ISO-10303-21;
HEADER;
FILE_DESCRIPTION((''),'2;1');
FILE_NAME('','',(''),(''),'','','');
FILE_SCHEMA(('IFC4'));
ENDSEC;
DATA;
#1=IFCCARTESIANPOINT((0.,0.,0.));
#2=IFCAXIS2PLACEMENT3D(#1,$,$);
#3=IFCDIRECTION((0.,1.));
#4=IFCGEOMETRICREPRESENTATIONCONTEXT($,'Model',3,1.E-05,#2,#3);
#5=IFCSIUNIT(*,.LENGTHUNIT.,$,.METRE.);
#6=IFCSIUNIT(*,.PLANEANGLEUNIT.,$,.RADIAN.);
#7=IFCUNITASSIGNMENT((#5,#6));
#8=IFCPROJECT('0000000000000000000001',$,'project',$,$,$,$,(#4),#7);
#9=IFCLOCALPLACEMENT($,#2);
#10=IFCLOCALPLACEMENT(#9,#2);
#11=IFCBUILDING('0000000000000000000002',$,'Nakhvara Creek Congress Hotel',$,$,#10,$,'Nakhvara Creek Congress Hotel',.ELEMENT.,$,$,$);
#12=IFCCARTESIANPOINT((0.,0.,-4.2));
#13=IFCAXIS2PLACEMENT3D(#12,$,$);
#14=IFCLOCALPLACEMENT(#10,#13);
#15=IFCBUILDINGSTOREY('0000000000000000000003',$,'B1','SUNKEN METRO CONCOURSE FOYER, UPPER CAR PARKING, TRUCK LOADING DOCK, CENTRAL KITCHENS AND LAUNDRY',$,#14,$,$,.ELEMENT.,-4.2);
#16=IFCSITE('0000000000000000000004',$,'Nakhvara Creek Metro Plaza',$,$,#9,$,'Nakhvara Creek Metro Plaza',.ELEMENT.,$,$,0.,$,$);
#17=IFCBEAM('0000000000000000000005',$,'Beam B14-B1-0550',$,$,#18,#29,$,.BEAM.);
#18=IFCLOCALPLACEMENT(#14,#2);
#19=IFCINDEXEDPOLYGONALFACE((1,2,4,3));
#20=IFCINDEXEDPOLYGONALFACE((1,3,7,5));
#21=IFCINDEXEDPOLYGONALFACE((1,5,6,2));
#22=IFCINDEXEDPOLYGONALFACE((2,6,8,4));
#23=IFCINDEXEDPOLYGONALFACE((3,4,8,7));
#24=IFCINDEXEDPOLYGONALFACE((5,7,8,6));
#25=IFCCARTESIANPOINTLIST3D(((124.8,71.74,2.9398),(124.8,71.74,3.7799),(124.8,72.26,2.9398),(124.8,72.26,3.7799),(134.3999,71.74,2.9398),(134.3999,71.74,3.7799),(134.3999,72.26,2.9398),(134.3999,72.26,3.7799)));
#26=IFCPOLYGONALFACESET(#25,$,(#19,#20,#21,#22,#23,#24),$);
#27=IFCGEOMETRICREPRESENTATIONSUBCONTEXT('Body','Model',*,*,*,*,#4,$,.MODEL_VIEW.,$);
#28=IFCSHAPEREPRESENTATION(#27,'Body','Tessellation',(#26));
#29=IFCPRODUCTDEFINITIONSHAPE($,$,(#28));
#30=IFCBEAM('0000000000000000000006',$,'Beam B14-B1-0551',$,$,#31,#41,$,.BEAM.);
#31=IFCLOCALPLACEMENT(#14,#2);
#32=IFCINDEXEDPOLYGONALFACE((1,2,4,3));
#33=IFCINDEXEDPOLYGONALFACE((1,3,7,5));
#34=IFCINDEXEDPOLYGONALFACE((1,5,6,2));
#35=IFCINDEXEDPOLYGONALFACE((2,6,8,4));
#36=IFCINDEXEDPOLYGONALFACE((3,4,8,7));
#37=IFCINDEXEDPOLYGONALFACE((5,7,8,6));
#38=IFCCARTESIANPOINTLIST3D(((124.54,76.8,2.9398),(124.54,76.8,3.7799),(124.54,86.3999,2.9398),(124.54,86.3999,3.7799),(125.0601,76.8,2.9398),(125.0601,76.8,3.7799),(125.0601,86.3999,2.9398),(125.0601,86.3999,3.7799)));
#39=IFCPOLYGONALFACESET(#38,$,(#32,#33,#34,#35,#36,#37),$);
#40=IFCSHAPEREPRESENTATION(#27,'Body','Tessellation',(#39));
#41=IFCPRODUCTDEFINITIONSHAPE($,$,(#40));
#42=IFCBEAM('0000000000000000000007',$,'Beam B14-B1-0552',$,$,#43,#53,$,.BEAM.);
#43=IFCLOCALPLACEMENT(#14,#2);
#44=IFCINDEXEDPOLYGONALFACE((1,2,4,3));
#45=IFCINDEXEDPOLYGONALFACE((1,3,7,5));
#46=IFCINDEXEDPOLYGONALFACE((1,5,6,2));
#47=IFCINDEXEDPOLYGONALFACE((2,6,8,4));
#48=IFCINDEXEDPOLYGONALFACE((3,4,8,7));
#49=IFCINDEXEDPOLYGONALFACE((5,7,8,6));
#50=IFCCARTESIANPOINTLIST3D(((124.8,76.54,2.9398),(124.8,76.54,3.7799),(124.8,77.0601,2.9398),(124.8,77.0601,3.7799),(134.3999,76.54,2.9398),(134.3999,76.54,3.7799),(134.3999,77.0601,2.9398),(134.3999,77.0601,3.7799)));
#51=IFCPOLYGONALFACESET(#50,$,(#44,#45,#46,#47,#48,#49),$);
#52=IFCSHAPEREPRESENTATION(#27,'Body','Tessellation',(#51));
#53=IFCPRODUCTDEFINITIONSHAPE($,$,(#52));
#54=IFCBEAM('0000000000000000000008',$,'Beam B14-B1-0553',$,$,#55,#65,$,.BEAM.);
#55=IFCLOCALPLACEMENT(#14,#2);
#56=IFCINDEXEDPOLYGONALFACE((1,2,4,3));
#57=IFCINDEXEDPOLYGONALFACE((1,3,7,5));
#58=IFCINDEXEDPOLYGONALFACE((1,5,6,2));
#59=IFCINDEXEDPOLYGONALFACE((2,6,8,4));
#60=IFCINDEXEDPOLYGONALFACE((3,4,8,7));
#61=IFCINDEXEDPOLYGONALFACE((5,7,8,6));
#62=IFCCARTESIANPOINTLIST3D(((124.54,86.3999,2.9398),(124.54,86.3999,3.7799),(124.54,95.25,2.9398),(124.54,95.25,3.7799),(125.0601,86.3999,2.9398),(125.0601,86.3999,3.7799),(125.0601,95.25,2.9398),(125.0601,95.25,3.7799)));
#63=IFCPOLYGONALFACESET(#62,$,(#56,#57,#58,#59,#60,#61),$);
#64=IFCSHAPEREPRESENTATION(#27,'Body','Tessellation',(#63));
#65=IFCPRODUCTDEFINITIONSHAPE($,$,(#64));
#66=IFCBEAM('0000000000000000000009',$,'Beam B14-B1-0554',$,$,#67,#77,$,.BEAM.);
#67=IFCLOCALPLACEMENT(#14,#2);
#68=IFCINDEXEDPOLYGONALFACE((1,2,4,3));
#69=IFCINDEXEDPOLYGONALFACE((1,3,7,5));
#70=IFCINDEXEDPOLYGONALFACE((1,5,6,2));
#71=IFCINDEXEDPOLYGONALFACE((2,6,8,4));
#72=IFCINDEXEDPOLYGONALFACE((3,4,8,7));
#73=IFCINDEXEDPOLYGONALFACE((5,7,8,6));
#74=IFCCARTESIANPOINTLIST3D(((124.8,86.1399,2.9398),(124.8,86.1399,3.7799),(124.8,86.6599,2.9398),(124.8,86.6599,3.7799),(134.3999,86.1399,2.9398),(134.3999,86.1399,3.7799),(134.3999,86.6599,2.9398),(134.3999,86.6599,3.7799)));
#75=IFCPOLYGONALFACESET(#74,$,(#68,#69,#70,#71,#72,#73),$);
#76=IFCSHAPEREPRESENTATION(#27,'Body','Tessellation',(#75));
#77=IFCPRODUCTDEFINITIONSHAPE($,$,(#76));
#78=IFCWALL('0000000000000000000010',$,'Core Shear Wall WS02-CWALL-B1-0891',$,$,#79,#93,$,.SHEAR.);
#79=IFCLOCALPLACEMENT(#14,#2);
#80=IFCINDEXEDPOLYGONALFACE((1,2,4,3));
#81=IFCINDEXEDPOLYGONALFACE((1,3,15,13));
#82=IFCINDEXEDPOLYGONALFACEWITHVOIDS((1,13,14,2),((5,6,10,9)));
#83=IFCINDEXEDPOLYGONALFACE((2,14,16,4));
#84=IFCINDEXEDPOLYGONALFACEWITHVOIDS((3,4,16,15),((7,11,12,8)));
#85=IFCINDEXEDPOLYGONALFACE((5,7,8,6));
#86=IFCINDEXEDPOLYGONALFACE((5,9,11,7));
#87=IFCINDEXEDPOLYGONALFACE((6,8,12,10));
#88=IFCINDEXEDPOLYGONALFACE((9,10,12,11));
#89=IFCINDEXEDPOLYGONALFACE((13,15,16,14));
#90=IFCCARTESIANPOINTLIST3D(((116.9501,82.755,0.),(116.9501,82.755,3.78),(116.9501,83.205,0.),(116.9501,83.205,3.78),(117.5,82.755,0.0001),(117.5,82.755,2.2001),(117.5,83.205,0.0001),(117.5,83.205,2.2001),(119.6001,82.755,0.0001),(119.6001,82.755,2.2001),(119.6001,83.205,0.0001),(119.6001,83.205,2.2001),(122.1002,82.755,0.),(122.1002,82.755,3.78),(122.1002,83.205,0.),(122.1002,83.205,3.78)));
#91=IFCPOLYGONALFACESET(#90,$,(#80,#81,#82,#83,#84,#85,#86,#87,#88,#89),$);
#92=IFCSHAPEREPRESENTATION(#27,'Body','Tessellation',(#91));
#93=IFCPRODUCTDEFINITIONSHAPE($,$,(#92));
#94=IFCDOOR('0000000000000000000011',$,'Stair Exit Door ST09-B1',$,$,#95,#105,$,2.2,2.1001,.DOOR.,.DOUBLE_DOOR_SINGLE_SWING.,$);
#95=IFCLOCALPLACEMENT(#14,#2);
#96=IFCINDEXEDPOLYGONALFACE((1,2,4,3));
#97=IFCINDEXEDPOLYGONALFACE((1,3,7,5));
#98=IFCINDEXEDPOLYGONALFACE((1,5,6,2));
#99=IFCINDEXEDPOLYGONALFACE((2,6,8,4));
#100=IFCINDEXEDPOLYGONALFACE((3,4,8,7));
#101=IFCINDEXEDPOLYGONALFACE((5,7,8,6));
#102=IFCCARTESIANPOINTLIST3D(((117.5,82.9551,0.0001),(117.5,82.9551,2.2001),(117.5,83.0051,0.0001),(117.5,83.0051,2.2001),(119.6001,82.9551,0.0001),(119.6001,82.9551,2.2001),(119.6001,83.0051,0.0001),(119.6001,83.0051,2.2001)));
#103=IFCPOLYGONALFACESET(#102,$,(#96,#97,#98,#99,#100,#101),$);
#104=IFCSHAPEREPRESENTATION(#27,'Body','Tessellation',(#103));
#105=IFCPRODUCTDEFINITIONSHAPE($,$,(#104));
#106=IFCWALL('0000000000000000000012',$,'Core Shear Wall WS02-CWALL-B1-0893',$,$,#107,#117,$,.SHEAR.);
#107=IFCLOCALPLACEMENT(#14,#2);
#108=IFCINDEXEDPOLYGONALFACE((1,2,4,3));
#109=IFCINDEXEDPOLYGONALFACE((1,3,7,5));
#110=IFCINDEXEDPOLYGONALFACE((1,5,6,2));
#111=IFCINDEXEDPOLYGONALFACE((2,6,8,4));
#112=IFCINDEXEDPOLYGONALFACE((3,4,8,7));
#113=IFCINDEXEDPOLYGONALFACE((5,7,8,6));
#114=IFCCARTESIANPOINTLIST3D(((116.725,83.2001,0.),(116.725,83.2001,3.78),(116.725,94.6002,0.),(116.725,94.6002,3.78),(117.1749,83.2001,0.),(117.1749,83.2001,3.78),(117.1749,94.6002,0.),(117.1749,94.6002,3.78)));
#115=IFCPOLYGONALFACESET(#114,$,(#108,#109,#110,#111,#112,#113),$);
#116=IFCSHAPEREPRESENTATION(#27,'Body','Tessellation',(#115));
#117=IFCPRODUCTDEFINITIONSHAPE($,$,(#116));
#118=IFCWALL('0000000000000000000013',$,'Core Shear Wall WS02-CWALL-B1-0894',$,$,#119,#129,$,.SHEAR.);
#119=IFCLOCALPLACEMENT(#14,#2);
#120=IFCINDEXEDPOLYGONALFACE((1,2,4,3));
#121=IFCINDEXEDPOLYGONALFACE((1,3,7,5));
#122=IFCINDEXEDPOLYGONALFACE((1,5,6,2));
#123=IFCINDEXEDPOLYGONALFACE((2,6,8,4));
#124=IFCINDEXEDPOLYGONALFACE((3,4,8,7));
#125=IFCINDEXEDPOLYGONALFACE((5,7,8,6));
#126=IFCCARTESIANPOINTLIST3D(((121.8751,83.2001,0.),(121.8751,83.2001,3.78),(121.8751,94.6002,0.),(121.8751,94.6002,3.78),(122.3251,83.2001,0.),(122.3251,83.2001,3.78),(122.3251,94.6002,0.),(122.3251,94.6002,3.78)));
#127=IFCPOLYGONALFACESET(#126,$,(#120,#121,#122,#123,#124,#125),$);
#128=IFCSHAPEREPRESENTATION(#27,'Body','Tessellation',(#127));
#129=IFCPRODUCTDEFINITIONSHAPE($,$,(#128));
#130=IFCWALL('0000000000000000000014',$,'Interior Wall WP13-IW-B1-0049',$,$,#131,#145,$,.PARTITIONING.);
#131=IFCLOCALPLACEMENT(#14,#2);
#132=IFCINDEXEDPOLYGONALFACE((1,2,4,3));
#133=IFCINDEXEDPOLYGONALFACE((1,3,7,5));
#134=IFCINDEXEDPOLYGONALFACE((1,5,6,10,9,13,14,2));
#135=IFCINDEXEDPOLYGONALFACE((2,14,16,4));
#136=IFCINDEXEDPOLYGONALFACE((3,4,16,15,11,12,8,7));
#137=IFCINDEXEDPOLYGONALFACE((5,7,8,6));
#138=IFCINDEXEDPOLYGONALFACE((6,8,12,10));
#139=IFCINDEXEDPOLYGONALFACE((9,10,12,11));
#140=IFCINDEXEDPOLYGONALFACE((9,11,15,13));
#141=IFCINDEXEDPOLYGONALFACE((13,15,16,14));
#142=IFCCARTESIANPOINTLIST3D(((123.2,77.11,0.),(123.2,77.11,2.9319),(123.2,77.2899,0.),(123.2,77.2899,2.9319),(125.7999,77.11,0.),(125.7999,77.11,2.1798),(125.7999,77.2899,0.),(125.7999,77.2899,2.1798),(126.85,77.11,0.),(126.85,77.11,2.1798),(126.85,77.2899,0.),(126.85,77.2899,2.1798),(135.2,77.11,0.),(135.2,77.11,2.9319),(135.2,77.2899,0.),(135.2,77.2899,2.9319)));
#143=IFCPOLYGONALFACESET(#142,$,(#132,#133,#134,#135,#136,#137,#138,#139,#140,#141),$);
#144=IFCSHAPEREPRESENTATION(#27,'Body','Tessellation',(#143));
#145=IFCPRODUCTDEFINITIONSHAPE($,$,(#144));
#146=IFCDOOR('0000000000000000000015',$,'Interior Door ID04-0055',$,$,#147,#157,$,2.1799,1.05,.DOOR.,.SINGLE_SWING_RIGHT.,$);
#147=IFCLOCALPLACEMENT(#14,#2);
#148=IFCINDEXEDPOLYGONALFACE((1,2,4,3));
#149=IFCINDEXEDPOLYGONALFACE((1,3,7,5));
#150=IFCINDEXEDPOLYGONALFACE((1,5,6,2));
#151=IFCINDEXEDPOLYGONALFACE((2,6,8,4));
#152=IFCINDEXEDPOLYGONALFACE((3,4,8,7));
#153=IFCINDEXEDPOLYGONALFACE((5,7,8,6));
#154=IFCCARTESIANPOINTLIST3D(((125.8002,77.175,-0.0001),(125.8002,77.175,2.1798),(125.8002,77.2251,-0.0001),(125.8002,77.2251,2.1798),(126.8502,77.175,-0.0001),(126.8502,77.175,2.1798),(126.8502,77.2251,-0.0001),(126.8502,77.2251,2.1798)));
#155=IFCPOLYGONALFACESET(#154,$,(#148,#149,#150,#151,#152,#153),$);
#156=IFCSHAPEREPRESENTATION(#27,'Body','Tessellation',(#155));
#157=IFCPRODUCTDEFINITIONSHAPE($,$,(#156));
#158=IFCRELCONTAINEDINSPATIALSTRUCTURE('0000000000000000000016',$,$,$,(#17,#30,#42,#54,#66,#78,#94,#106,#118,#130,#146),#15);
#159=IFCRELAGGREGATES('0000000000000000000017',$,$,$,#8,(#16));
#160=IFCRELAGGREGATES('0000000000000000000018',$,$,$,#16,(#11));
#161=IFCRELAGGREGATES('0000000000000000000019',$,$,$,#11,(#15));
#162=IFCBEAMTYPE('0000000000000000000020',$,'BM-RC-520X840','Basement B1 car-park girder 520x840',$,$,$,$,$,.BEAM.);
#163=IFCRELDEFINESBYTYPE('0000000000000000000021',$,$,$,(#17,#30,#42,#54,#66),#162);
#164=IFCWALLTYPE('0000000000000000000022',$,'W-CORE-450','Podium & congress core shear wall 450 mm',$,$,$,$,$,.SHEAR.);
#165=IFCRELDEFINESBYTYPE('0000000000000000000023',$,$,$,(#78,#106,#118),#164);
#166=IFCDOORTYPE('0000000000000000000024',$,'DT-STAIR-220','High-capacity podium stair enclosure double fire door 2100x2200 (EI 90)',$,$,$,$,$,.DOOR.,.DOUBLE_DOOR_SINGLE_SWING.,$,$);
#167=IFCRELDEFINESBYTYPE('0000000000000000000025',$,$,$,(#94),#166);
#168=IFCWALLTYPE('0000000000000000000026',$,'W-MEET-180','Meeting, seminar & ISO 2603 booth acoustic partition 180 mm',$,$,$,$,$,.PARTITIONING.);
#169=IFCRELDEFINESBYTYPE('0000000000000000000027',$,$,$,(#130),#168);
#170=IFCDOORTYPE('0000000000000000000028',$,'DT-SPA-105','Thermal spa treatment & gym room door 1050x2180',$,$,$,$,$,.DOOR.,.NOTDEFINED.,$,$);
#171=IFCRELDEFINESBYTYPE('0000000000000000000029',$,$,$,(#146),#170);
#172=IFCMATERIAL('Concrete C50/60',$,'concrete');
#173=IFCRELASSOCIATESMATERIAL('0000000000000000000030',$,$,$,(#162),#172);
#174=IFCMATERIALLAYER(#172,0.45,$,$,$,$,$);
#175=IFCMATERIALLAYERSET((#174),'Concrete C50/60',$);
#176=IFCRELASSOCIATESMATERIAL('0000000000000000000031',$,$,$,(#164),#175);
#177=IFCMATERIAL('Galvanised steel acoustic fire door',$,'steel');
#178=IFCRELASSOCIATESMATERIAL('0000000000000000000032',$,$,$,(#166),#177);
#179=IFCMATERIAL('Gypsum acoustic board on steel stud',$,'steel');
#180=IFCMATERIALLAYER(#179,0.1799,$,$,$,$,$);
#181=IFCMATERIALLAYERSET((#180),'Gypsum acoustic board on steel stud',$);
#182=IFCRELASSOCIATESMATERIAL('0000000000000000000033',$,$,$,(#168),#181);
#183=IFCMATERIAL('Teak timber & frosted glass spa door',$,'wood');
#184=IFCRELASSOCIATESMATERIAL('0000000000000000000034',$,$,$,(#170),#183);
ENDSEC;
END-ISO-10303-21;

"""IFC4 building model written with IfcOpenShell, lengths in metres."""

from ifc_helpers import new_model, si_unit, direction, frame, frame_2d, origin, origin_2d, place, context, subcontext, project, spatial, rectangle, extrude, material, layer, layer_set, material_profile, profile_set, type_object, element, fill, save


model = new_model("IFC4")

# Units and contexts
model_context = context("Model", 3, precision=1e-05, world=origin(), true_north=direction((0.0, 1.0)))
body_context = subcontext(model_context, "Body", "Model", "MODEL_VIEW")
ifc_project = project(units=[si_unit("LENGTHUNIT", "METRE"), si_unit("PLANEANGLEUNIT", "RADIAN")], contexts=[model_context])

# Site, building, storey
site_placement = place(None, origin())
site = spatial("IfcSite", under=ifc_project, at=site_placement, Name="Nakhvara Creek Metro Plaza", LongName="Nakhvara Creek Metro Plaza", CompositionType="ELEMENT", RefElevation=0.0)
building_placement = place(site_placement, origin())
building = spatial("IfcBuilding", under=site, at=building_placement, Name="Nakhvara Creek Congress Hotel", LongName="Nakhvara Creek Congress Hotel", CompositionType="ELEMENT")
storey_placement = place(building_placement, frame((0.0, 0.0, -4.2)))
storey = spatial("IfcBuildingStorey", under=building, at=storey_placement, Name="B1", Description="SUNKEN METRO CONCOURSE FOYER, UPPER CAR PARKING, TRUCK LOADING DOCK, CENTRAL KITCHENS AND LAUNDRY", CompositionType="ELEMENT", Elevation=-4.2)

# Shared definitions
ifc_material_1 = material(Name="Concrete C50/60", Category="concrete")

# Beams
ifc_material_profile_1 = material_profile(ifc_material_1, rectangle(XDim=0.52, YDim=0.8401, at=origin_2d()), Name="RC-BM 520x840", Category="LoadBearing")
ifc_profile_set_1 = profile_set([ifc_material_profile_1], Name="Concrete C50/60")
beam_type_1 = type_object("IfcBeamType", Name="BM-RC-520X840", Description="Basement B1 car-park girder 520x840", PredefinedType="BEAM", material=ifc_profile_set_1)
for number, where, z_axis, x_axis, name in (
    (1, (124.8, 72.0, 3.3599), (1.0, 0.0, 0.0), (0.0, 1.0, 0.0), "Beam B14-B1-0550"),
    (2, (124.8, 76.8, 3.3599), (0.0, 1.0, 0.0), (-1.0, 0.0, 0.0), "Beam B14-B1-0551"),
    (3, (124.8, 76.8, 3.3599), (1.0, 0.0, 0.0), (0.0, 1.0, 0.0), "Beam B14-B1-0552"),
):
    element("IfcBeam", number, at=place(storey_placement, frame(where, z_axis=z_axis, x_axis=x_axis)), inside=storey, type_object=beam_type_1, Name=name, PredefinedType="BEAM", context=body_context, shape_type="SweptSolid", body=[
        extrude(rectangle(XDim=0.52, YDim=0.8401, at=origin_2d()), origin(), (0.0, 0.0, 1.0), 9.5999),
    ])
beam_1_placement = place(storey_placement, frame((124.8, 86.3999, 3.3599), z_axis=(0.0, 1.0, 0.0), x_axis=(-1.0, 0.0, 0.0)))
element("IfcBeam", 4, at=beam_1_placement, inside=storey, type_object=beam_type_1, Name="Beam B14-B1-0553", PredefinedType="BEAM", context=body_context, shape_type="SweptSolid", body=[
    extrude(rectangle(XDim=0.52, YDim=0.8401, at=origin_2d()), origin(), (0.0, 0.0, 1.0), 8.8501),
])
beam_2_placement = place(storey_placement, frame((124.8, 86.3999, 3.3599), z_axis=(1.0, 0.0, 0.0), x_axis=(0.0, 1.0, 0.0)))
element("IfcBeam", 5, at=beam_2_placement, inside=storey, type_object=beam_type_1, Name="Beam B14-B1-0554", PredefinedType="BEAM", context=body_context, shape_type="SweptSolid", body=[
    extrude(rectangle(XDim=0.52, YDim=0.8401, at=origin_2d()), origin(), (0.0, 0.0, 1.0), 9.5999),
])

# Wall, opening, door
ifc_layer_1 = layer(ifc_material_1, 0.45)
ifc_layer_set_1 = layer_set([ifc_layer_1], Name="Concrete C50/60")
wall_type_1 = type_object("IfcWallType", Name="W-CORE-450", Description="Podium & congress core shear wall 450 mm", PredefinedType="SHEAR", material=ifc_layer_set_1)
wall_1_placement = place(storey_placement, frame((116.95, 82.98, 0.0), z_axis=(0.0, 0.0, 1.0), x_axis=(1.0, 0.0, 0.0)))
wall_1 = element("IfcWall", 6, at=wall_1_placement, inside=storey, type_object=wall_type_1, Name="Core Shear Wall WS02-CWALL-B1-0891", PredefinedType="SHEAR", context=body_context, shape_type="SweptSolid", body=[
    extrude(rectangle(XDim=5.1501, YDim=0.45, at=frame_2d((2.5752, 0.0))), origin(), (0.0, 0.0, 1.0), 3.78),
])
opening_1_placement = place(wall_1_placement, frame((0.55, 0.0, 0.0)))
opening_1 = element("IfcOpeningElement", 7, at=opening_1_placement, cuts=wall_1, PredefinedType="OPENING", context=body_context, shape_type="SweptSolid", body=[
    extrude(rectangle(XDim=2.1001, YDim=2.2, at=frame_2d((1.05, 1.1001))), frame((0.0, 0.2368, 0.0), z_axis=(0.0, -1.0, 0.0), x_axis=(1.0, 0.0, 0.0)), (0.0, 0.0, 1.0), 0.4739),
])
ifc_material_2 = material(Name="Galvanised steel acoustic fire door", Category="steel")
door_type_1 = type_object("IfcDoorType", Name="DT-STAIR-220", Description="High-capacity podium stair enclosure double fire door 2100x2200 (EI 90)", OperationType="DOUBLE_DOOR_SINGLE_SWING", PredefinedType="DOOR", material=ifc_material_2)
door_1_placement = place(opening_1_placement, frame((2.1001, 0.0, 0.0), z_axis=(0.0, 0.0, 1.0), x_axis=(-1.0, 0.0, 0.0)))
door_1 = element("IfcDoor", 8, at=door_1_placement, inside=storey, type_object=door_type_1, Name="Stair Exit Door ST09-B1", OperationType="DOUBLE_DOOR_SINGLE_SWING", OverallHeight=2.2, OverallWidth=2.1001, PredefinedType="DOOR", context=body_context, shape_type="SweptSolid", body=[
    extrude(rectangle(XDim=2.1001, YDim=2.2, at=frame_2d((1.05, 1.1001))), frame((0.0, 0.0249, 0.0), z_axis=(0.0, -1.0, 0.0), x_axis=(1.0, 0.0, 0.0)), (0.0, 0.0, 1.0), 0.05),
])
fill(opening_1, door_1)

# Walls
for number, where, z_axis, x_axis, name in (
    (9, (116.95, 83.2, 0.0), (0.0, 0.0, 1.0), (0.0, 1.0, 0.0), "Core Shear Wall WS02-CWALL-B1-0893"),
    (10, (122.1001, 83.2, 0.0), (0.0, 0.0, 1.0), (0.0, 1.0, 0.0), "Core Shear Wall WS02-CWALL-B1-0894"),
):
    element("IfcWall", number, at=place(storey_placement, frame(where, z_axis=z_axis, x_axis=x_axis)), inside=storey, type_object=wall_type_1, Name=name, PredefinedType="SHEAR", context=body_context, shape_type="SweptSolid", body=[
        extrude(rectangle(XDim=11.4001, YDim=0.45, at=frame_2d((5.7002, 0.0))), origin(), (0.0, 0.0, 1.0), 3.78),
    ])

# Wall, opening, door
ifc_material_3 = material(Name="Gypsum acoustic board on steel stud", Category="steel")
ifc_layer_2 = layer(ifc_material_3, 0.1799)
ifc_layer_set_2 = layer_set([ifc_layer_2], Name="Gypsum acoustic board on steel stud")
wall_type_2 = type_object("IfcWallType", Name="W-MEET-180", Description="Meeting, seminar & ISO 2603 booth acoustic partition 180 mm", PredefinedType="PARTITIONING", material=ifc_layer_set_2)
wall_2_placement = place(storey_placement, frame((123.2, 77.2, 0.0), z_axis=(0.0, 0.0, 1.0), x_axis=(1.0, 0.0, 0.0)))
wall_2 = element("IfcWall", 11, at=wall_2_placement, inside=storey, type_object=wall_type_2, Name="Interior Wall WP13-IW-B1-0049", PredefinedType="PARTITIONING", context=body_context, shape_type="SweptSolid", body=[
    extrude(rectangle(XDim=12.0, YDim=0.1799, at=frame_2d((6.0, 0.0))), origin(), (0.0, 0.0, 1.0), 2.9319),
])
opening_2_placement = place(wall_2_placement, frame((2.6001, 0.0, 0.0)))
opening_2 = element("IfcOpeningElement", 12, at=opening_2_placement, cuts=wall_2, PredefinedType="OPENING", context=body_context, shape_type="SweptSolid", body=[
    extrude(rectangle(XDim=1.05, YDim=2.1799, at=frame_2d((0.5249, 1.0898))), frame((0.0, 0.1021, 0.0), z_axis=(0.0, -1.0, 0.0), x_axis=(1.0, 0.0, 0.0)), (0.0, 0.0, 1.0), 0.2039),
])
ifc_material_4 = material(Name="Teak timber & frosted glass spa door", Category="wood")
door_type_2 = type_object("IfcDoorType", Name="DT-SPA-105", Description="Thermal spa treatment & gym room door 1050x2180", OperationType="NOTDEFINED", PredefinedType="DOOR", material=ifc_material_4)
door_2_placement = place(opening_2_placement, frame((1.05, 0.0, 0.0), z_axis=(0.0, 0.0, 1.0), x_axis=(-1.0, 0.0, 0.0)))
door_2 = element("IfcDoor", 13, at=door_2_placement, inside=storey, type_object=door_type_2, Name="Interior Door ID04-0055", OperationType="SINGLE_SWING_RIGHT", OverallHeight=2.1799, OverallWidth=1.05, PredefinedType="DOOR", context=body_context, shape_type="SweptSolid", body=[
    extrude(rectangle(XDim=1.05, YDim=2.1799, at=frame_2d((0.5249, 1.0898))), frame((0.0, 0.0249, 0.0), z_axis=(0.0, -1.0, 0.0), x_axis=(1.0, 0.0, 0.0)), (0.0, 0.0, 1.0), 0.05),
])
fill(opening_2, door_2)

save(model, "model.ifc")
